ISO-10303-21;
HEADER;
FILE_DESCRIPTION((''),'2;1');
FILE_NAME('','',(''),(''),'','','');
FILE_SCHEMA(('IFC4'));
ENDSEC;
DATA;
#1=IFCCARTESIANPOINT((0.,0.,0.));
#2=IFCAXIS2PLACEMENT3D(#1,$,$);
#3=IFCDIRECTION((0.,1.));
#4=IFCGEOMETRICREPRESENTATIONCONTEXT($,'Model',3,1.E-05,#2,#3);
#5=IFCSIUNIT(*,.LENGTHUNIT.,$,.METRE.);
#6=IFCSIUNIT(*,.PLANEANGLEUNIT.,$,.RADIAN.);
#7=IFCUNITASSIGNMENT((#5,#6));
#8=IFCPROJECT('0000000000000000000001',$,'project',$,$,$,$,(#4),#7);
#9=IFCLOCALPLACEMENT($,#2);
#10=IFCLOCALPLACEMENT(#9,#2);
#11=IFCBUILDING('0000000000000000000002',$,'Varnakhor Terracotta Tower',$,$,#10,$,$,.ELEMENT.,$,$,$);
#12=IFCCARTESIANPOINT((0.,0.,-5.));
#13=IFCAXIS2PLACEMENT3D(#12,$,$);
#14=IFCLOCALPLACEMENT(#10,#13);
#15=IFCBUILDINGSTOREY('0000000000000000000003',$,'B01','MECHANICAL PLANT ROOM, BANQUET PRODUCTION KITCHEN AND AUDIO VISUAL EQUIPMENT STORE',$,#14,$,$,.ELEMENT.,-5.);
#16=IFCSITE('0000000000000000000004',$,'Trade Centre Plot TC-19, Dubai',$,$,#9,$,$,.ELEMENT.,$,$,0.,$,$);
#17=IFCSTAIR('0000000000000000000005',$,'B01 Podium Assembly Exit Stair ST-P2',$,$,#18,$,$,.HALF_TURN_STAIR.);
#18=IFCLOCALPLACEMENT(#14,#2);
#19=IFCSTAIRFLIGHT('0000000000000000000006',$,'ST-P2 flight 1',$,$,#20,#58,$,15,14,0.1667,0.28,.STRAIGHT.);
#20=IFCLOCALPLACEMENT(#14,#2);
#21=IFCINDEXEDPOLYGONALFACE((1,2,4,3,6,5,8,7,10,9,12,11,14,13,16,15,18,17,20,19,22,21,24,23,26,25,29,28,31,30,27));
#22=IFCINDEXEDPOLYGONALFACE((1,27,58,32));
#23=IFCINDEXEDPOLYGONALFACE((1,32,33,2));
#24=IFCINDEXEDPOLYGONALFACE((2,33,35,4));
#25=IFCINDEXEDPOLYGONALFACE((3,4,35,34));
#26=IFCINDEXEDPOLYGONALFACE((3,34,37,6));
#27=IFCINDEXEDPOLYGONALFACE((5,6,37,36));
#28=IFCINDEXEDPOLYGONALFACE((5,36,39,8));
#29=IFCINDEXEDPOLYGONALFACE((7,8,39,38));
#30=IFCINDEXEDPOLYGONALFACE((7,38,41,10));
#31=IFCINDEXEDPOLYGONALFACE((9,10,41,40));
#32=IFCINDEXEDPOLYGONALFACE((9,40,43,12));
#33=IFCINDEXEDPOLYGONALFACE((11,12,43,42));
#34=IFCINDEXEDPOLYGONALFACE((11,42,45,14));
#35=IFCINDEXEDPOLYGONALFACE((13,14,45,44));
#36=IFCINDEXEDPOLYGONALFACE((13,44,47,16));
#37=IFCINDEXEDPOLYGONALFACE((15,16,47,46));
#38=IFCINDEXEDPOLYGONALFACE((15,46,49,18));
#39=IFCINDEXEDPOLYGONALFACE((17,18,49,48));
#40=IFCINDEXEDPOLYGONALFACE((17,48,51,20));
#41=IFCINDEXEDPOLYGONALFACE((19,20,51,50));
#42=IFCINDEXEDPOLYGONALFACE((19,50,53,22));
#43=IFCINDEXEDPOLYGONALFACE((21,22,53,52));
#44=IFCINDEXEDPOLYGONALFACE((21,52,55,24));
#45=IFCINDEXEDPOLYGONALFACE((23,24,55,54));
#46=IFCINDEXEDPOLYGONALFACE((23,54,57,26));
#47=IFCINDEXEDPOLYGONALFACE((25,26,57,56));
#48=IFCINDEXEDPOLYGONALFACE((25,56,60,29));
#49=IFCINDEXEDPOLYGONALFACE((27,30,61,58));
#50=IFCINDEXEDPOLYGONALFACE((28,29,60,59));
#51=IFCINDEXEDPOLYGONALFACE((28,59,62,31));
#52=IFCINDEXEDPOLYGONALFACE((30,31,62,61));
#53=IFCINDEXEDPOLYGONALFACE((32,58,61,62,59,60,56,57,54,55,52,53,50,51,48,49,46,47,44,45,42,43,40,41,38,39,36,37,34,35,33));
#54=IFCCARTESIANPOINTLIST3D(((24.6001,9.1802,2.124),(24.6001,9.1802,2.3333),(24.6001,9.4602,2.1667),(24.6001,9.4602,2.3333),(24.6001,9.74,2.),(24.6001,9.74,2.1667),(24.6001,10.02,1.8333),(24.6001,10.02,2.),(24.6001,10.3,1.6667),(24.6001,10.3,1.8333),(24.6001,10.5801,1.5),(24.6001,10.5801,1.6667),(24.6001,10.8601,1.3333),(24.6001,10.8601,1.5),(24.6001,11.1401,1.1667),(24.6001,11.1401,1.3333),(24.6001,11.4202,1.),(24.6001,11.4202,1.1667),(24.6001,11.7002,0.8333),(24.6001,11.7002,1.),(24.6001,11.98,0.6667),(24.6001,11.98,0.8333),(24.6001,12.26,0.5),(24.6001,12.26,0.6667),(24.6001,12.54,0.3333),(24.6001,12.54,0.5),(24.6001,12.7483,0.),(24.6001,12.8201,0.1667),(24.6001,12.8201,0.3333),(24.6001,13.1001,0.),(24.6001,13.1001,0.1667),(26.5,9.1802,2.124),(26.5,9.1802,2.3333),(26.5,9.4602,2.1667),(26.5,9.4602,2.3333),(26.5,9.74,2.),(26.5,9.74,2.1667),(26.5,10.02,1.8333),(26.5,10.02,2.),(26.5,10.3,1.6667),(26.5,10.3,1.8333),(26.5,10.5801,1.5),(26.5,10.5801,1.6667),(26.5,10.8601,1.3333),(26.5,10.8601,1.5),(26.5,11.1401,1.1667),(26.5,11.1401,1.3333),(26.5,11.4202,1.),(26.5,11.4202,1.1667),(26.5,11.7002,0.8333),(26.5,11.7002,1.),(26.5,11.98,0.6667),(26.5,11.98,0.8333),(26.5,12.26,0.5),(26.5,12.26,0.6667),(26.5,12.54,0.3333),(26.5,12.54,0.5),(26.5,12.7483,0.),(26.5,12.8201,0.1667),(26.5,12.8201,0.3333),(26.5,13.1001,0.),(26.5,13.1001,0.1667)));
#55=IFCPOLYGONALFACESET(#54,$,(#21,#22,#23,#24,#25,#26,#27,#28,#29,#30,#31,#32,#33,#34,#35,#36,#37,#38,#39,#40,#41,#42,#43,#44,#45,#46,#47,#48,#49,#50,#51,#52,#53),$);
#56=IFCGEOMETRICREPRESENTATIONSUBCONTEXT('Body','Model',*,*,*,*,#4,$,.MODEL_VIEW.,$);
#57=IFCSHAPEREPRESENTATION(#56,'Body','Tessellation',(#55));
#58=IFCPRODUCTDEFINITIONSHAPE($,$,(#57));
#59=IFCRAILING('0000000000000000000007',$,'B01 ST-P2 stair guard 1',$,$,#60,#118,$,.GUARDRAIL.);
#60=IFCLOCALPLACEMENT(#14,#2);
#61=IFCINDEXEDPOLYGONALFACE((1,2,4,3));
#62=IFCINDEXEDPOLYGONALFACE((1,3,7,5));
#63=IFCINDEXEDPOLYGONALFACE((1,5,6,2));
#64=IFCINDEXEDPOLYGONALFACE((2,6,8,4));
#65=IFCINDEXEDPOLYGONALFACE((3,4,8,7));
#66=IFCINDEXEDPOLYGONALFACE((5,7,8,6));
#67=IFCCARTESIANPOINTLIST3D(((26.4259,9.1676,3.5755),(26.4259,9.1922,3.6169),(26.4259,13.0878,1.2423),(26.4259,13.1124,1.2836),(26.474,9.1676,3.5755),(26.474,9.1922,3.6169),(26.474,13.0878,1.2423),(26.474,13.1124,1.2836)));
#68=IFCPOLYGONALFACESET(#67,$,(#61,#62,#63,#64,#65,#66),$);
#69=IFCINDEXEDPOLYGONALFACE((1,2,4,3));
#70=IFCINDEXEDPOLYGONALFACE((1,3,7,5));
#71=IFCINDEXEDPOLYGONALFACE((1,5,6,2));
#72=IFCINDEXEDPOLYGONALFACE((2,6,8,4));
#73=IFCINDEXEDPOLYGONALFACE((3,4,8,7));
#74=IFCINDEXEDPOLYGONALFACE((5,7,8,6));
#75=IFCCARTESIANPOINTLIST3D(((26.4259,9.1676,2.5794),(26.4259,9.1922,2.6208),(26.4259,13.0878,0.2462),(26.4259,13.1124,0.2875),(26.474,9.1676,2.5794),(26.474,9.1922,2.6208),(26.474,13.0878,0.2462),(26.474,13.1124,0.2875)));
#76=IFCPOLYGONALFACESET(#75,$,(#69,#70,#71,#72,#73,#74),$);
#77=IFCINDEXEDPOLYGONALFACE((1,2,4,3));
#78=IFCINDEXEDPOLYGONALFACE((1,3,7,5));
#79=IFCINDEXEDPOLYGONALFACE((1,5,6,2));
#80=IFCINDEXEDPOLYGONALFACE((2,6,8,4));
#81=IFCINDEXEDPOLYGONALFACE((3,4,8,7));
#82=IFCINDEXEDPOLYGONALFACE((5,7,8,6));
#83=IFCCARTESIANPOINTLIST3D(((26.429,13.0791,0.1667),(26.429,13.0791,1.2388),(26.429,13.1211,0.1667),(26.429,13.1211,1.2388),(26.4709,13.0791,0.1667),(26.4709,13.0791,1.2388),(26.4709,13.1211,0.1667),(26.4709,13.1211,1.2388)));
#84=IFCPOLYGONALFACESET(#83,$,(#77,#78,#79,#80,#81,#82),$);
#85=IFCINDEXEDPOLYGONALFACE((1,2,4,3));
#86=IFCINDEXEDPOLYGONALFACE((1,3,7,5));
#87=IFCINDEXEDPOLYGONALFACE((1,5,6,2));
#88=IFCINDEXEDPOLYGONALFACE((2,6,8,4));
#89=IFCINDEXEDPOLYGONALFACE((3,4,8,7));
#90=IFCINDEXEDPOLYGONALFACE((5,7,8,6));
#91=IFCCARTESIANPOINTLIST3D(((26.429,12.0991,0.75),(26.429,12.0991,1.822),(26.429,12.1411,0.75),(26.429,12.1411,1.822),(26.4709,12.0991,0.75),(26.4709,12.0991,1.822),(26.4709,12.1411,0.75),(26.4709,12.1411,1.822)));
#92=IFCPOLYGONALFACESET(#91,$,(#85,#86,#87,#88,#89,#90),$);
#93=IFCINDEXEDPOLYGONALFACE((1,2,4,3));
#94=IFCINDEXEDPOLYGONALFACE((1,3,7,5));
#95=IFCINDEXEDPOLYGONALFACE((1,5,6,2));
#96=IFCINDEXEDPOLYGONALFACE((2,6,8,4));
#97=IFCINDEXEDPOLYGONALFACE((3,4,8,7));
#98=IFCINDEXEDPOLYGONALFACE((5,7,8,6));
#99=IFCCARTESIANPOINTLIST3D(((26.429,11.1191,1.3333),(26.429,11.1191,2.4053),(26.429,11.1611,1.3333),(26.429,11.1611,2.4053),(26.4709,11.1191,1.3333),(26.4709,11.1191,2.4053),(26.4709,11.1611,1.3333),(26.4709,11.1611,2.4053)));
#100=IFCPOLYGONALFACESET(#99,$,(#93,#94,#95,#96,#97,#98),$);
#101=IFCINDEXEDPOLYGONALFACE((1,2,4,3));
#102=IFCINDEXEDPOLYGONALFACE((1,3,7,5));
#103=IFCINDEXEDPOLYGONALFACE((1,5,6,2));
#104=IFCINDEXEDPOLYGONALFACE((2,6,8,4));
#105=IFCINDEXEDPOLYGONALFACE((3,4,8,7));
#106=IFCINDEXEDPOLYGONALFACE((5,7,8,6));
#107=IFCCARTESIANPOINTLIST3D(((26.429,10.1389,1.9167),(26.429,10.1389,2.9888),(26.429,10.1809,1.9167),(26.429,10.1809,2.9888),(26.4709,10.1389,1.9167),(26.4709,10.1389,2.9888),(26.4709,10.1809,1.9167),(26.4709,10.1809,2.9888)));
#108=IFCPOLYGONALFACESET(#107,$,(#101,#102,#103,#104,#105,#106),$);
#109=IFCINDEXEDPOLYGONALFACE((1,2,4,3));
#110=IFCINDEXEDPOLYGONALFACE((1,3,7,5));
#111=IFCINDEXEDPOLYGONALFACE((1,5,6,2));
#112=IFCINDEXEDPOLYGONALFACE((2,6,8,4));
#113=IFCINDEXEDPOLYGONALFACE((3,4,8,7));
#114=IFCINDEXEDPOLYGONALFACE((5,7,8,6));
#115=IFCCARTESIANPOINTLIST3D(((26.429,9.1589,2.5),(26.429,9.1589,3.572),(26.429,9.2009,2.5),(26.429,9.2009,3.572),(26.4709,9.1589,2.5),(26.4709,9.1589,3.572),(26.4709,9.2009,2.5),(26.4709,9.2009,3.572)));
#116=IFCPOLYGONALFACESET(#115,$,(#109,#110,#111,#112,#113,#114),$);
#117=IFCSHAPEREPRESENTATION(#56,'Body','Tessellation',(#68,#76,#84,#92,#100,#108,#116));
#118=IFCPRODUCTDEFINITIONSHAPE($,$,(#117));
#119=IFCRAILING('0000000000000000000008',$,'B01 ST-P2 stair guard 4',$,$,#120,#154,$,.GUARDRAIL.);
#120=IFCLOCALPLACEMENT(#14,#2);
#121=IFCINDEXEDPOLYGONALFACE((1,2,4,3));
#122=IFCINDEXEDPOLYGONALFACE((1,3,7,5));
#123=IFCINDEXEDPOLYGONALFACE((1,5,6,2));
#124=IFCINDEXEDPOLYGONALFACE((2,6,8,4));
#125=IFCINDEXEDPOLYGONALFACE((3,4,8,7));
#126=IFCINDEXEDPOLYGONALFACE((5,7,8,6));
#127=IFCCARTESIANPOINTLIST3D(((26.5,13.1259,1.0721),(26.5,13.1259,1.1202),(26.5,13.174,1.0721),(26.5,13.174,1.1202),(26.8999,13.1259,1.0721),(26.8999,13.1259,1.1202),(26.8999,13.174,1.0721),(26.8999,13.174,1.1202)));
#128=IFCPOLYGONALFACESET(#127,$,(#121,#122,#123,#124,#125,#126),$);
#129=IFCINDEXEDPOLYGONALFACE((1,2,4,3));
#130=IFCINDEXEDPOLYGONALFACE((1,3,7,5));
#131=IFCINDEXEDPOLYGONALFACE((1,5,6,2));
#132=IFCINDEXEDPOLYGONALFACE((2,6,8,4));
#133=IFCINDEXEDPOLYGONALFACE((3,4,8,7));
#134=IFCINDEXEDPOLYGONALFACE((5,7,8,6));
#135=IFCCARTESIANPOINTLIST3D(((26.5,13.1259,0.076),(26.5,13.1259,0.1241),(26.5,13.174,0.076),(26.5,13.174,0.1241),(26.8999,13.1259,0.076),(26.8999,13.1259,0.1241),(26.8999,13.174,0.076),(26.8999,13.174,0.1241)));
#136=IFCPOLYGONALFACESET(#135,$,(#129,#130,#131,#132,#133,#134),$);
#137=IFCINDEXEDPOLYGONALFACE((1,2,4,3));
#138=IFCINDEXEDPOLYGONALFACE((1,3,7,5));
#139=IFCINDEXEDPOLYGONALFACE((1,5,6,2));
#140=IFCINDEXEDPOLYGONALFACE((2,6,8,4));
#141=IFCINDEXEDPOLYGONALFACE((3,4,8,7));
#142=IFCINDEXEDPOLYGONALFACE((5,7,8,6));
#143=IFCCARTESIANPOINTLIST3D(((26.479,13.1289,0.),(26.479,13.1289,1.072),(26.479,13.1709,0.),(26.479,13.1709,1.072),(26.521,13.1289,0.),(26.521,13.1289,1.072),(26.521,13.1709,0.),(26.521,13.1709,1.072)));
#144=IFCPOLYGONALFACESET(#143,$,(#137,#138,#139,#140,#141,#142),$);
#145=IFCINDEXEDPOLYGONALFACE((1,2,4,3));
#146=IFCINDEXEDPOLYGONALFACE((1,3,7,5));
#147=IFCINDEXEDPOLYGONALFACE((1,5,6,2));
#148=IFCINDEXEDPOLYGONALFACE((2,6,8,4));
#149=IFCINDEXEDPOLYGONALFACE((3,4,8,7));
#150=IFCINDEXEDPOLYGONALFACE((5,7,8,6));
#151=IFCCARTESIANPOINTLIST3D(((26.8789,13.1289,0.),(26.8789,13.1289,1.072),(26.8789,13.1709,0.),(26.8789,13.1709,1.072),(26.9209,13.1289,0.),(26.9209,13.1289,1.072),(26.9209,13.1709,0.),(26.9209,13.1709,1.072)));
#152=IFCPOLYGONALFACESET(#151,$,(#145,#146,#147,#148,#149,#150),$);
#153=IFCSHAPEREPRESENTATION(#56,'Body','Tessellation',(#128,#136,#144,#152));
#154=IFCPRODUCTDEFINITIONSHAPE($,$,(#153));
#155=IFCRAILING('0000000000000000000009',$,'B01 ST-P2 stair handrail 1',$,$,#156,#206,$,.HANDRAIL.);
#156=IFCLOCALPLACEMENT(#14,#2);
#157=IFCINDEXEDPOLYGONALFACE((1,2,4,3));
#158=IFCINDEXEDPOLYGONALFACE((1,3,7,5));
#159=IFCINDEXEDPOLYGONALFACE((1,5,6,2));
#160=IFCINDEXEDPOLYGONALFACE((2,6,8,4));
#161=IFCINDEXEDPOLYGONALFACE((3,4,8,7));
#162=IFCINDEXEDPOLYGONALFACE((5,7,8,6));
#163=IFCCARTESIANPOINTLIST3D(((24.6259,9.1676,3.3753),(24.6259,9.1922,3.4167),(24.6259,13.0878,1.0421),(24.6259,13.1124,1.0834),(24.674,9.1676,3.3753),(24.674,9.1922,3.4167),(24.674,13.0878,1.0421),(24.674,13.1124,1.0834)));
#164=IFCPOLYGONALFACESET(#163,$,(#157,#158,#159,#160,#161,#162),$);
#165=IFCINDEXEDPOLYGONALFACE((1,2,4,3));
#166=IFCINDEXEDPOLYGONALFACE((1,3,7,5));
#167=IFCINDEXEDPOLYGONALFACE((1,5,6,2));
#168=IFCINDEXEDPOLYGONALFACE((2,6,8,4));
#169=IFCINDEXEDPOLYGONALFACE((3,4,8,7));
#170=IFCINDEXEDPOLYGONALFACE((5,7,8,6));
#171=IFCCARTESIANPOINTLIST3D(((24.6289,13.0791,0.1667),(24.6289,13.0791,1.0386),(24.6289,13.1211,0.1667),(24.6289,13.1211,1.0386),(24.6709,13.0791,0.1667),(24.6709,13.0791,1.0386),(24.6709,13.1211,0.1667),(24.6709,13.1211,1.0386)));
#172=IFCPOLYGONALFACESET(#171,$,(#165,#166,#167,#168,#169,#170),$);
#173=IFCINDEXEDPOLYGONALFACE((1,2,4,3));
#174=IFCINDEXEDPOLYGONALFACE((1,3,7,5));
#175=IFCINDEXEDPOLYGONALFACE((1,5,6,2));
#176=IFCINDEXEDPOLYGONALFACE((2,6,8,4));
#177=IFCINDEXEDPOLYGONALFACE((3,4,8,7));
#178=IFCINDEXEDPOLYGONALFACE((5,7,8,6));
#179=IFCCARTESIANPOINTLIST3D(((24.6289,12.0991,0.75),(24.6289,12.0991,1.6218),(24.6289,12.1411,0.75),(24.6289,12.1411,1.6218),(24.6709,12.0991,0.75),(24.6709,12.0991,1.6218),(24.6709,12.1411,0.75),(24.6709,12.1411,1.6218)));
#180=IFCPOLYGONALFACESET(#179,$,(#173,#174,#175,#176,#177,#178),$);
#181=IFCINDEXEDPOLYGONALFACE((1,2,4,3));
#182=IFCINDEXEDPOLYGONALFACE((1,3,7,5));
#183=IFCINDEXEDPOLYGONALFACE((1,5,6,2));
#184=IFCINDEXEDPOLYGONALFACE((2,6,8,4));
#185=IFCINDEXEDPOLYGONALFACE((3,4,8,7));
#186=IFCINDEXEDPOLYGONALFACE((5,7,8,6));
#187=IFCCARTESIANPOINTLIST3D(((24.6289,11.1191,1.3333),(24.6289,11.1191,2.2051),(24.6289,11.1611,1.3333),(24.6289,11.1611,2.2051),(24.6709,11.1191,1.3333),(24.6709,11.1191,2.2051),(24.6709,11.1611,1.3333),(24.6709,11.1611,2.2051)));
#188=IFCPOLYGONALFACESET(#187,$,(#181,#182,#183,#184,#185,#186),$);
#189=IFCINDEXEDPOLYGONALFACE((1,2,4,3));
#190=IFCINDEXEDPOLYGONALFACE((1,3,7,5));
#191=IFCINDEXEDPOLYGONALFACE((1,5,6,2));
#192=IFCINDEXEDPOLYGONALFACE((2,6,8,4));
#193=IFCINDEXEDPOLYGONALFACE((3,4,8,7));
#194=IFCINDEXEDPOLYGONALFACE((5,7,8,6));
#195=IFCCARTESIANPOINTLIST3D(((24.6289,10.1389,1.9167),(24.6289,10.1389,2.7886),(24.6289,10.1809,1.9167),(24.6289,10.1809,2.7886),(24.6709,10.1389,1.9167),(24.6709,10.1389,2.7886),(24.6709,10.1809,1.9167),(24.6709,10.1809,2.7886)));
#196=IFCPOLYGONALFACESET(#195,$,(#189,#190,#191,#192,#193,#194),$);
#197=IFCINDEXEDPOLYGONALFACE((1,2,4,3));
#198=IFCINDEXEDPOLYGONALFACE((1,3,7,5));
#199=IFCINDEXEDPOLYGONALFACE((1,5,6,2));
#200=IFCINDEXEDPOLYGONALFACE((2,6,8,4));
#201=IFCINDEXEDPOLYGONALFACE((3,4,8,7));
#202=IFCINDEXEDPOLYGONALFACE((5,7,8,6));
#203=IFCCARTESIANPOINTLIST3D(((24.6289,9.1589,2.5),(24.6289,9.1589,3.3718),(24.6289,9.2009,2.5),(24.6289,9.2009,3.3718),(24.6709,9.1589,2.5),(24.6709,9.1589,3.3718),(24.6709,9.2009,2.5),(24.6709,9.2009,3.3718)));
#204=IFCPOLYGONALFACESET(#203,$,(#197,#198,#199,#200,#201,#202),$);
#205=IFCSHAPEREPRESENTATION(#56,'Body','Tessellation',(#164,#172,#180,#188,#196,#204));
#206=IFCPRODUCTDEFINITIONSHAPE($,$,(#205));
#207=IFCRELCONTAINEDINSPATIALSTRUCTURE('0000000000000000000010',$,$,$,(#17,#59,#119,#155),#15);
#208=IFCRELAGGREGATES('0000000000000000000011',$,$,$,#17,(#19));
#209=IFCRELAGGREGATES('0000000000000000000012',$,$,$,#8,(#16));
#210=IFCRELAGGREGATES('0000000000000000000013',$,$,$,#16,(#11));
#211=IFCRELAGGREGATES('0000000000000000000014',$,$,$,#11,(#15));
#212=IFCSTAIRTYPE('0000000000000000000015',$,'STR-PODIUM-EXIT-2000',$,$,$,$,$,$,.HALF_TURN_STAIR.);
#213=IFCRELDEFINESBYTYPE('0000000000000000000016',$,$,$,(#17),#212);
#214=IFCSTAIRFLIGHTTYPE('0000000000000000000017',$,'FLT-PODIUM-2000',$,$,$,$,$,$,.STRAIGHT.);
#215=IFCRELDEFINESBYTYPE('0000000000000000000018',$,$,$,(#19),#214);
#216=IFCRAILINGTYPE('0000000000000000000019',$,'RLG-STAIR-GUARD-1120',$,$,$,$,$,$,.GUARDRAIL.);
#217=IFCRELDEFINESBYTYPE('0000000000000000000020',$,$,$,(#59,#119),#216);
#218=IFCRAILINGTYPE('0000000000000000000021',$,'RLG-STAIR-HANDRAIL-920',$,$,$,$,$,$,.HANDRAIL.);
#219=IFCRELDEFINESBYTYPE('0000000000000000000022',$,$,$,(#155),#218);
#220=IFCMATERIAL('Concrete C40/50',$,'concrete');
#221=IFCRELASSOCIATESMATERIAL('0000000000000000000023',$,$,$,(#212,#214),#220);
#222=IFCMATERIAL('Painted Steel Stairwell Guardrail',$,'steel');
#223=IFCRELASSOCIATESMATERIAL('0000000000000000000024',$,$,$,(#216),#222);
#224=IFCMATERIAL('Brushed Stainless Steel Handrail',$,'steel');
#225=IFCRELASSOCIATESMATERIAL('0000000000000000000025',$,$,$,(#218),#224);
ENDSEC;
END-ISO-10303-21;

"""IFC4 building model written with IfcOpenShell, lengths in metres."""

from ifc_helpers import new_model, si_unit, direction, frame, origin, origin_2d, place, context, subcontext, project, spatial, polyline, rectangle, outline, extrude, material, type_object, element, aggregate, save


model = new_model("IFC4")

# Units and contexts
model_context = context("Model", 3, precision=1e-05, world=origin(), true_north=direction((0.0, 1.0)))
body_context = subcontext(model_context, "Body", "Model", "MODEL_VIEW")
ifc_project = project(units=[si_unit("LENGTHUNIT", "METRE"), si_unit("PLANEANGLEUNIT", "RADIAN")], contexts=[model_context])

# Site, building, storey
site_placement = place(None, origin())
site = spatial("IfcSite", under=ifc_project, at=site_placement, Name="Trade Centre Plot TC-19, Dubai", CompositionType="ELEMENT", RefElevation=0.0)
building_placement = place(site_placement, origin())
building = spatial("IfcBuilding", under=site, at=building_placement, Name="Varnakhor Terracotta Tower", CompositionType="ELEMENT")
storey_placement = place(building_placement, frame((0.0, 0.0, -5.0)))
storey = spatial("IfcBuildingStorey", under=building, at=storey_placement, Name="B01", Description="MECHANICAL PLANT ROOM, BANQUET PRODUCTION KITCHEN AND AUDIO VISUAL EQUIPMENT STORE", CompositionType="ELEMENT", Elevation=-5.0)

# Shared definitions
ifc_material_1 = material(Name="Concrete C40/50", Category="concrete")

# Stair, stair flight
stair_type = type_object("IfcStairType", Name="STR-PODIUM-EXIT-2000", PredefinedType="HALF_TURN_STAIR", material=ifc_material_1)
stair_placement = place(storey_placement, origin())
stair = element("IfcStair", 1, at=stair_placement, inside=storey, type_object=stair_type, Name="B01 Podium Assembly Exit Stair ST-P2", PredefinedType="HALF_TURN_STAIR")
stair_flight_type = type_object("IfcStairFlightType", Name="FLT-PODIUM-2000", PredefinedType="STRAIGHT", material=ifc_material_1)
stair_flight_placement = place(storey_placement, frame((25.55, 13.1001, 0.0), z_axis=(0.0, 0.0, 1.0), x_axis=(0.0, -1.0, 0.0)))
stair_flight = element("IfcStairFlight", 2, at=stair_flight_placement, type_object=stair_flight_type, Name="ST-P2 flight 1", NumberOfRisers=15, NumberOfTreads=14, PredefinedType="STRAIGHT", RiserHeight=0.1667, TreadLength=0.28, context=body_context, shape_type="SweptSolid", body=[
    extrude(outline(polyline([(0.0, 0.0), (0.0, 0.1667), (0.28, 0.1667), (0.28, 0.3333), (0.5601, 0.3333), (0.5601, 0.5), (0.8401, 0.5), (0.8401, 0.6667), (1.1201, 0.6667), (1.1201, 0.8333), (1.3999, 0.8333), (1.3999, 1.0), (1.6799, 1.0), (1.6799, 1.1667), (1.96, 1.1667), (1.96, 1.3333), (2.24, 1.3333), (2.24, 1.5), (2.52, 1.5), (2.52, 1.6667), (2.8, 1.6667), (2.8, 1.8333), (3.0801, 1.8333), (3.0801, 2.0), (3.3601, 2.0), (3.3601, 2.1667), (3.6399, 2.1667), (3.6399, 2.3333), (3.9199, 2.3333), (3.9199, 2.5), (3.9199, 2.124), (0.3518, 0.0), (0.0, 0.0)])), frame((0.0, 0.95, 0.0), z_axis=(0.0, -1.0, 0.0), x_axis=(1.0, 0.0, 0.0)), (0.0, 0.0, 1.0), 1.8999),
])
aggregate(stair, [stair_flight])

# Railings
ifc_material_2 = material(Name="Painted Steel Stairwell Guardrail", Category="steel")
railing_type_1 = type_object("IfcRailingType", Name="RLG-STAIR-GUARD-1120", PredefinedType="GUARDRAIL", material=ifc_material_2)
railing_1_placement = place(storey_placement, frame((26.45, 13.1001, 0.1667)))
element("IfcRailing", 3, at=railing_1_placement, inside=storey, type_object=railing_type_1, Name="B01 ST-P2 stair guard 1", PredefinedType="GUARDRAIL", context=body_context, shape_type="SweptSolid", body=[
    extrude(rectangle(XDim=0.0481, YDim=0.0481, at=origin_2d()), frame((0.0, 0.0, 1.0962), z_axis=(0.0, -0.85931, 0.511455), x_axis=(1.0, 0.0, 0.0)), (0.0, 0.0, 1.0), 4.562),
    extrude(rectangle(XDim=0.0481, YDim=0.0481, at=origin_2d()), frame((0.0, 0.0, 0.1001), z_axis=(0.0, -0.85931, 0.511455), x_axis=(1.0, 0.0, 0.0)), (0.0, 0.0, 1.0), 4.562),
    extrude(rectangle(XDim=0.042, YDim=0.042, at=origin_2d()), origin(), (0.0, 0.0, 1.0), 1.072),
    extrude(rectangle(XDim=0.042, YDim=0.042, at=origin_2d()), frame((0.0, -0.98, 0.5833)), (0.0, 0.0, 1.0), 1.072),
    extrude(rectangle(XDim=0.042, YDim=0.042, at=origin_2d()), frame((0.0, -1.96, 1.1665)), (0.0, 0.0, 1.0), 1.072),
    extrude(rectangle(XDim=0.042, YDim=0.042, at=origin_2d()), frame((0.0, -2.9402, 1.75)), (0.0, 0.0, 1.0), 1.072),
    extrude(rectangle(XDim=0.042, YDim=0.042, at=origin_2d()), frame((0.0, -3.9202, 2.3333)), (0.0, 0.0, 1.0), 1.072),
])
railing_2_placement = place(storey_placement, frame((26.5, 13.1499, 0.0)))
element("IfcRailing", 4, at=railing_2_placement, inside=storey, type_object=railing_type_1, Name="B01 ST-P2 stair guard 4", PredefinedType="GUARDRAIL", context=body_context, shape_type="SweptSolid", body=[
    extrude(rectangle(XDim=0.0481, YDim=0.0481, at=origin_2d()), frame((0.0, 0.0, 1.0962), z_axis=(1.0, 0.0, 0.0), x_axis=(0.0, 1.0, 0.0)), (0.0, 0.0, 1.0), 0.3999),
    extrude(rectangle(XDim=0.0481, YDim=0.0481, at=origin_2d()), frame((0.0, 0.0, 0.1001), z_axis=(1.0, 0.0, 0.0), x_axis=(0.0, 1.0, 0.0)), (0.0, 0.0, 1.0), 0.3999),
    extrude(rectangle(XDim=0.042, YDim=0.042, at=origin_2d()), origin(), (0.0, 0.0, 1.0), 1.072),
    extrude(rectangle(XDim=0.042, YDim=0.042, at=origin_2d()), frame((0.3999, 0.0, 0.0)), (0.0, 0.0, 1.0), 1.072),
])
ifc_material_3 = material(Name="Brushed Stainless Steel Handrail", Category="steel")
railing_type_2 = type_object("IfcRailingType", Name="RLG-STAIR-HANDRAIL-920", PredefinedType="HANDRAIL", material=ifc_material_3)
railing_3_placement = place(storey_placement, frame((24.6499, 13.1001, 0.1667)))
element("IfcRailing", 5, at=railing_3_placement, inside=storey, type_object=railing_type_2, Name="B01 ST-P2 stair handrail 1", PredefinedType="HANDRAIL", context=body_context, shape_type="SweptSolid", body=[
    extrude(rectangle(XDim=0.0481, YDim=0.0481, at=origin_2d()), frame((0.0, 0.0, 0.896), z_axis=(0.0, -0.85931, 0.511455), x_axis=(1.0, 0.0, 0.0)), (0.0, 0.0, 1.0), 4.562),
    extrude(rectangle(XDim=0.042, YDim=0.042, at=origin_2d()), origin(), (0.0, 0.0, 1.0), 0.8718),
    extrude(rectangle(XDim=0.042, YDim=0.042, at=origin_2d()), frame((0.0, -0.98, 0.5833)), (0.0, 0.0, 1.0), 0.8718),
    extrude(rectangle(XDim=0.042, YDim=0.042, at=origin_2d()), frame((0.0, -1.96, 1.1665)), (0.0, 0.0, 1.0), 0.8718),
    extrude(rectangle(XDim=0.042, YDim=0.042, at=origin_2d()), frame((0.0, -2.9402, 1.75)), (0.0, 0.0, 1.0), 0.8718),
    extrude(rectangle(XDim=0.042, YDim=0.042, at=origin_2d()), frame((0.0, -3.9202, 2.3333)), (0.0, 0.0, 1.0), 0.8718),
])

save(model, "model.ifc")
